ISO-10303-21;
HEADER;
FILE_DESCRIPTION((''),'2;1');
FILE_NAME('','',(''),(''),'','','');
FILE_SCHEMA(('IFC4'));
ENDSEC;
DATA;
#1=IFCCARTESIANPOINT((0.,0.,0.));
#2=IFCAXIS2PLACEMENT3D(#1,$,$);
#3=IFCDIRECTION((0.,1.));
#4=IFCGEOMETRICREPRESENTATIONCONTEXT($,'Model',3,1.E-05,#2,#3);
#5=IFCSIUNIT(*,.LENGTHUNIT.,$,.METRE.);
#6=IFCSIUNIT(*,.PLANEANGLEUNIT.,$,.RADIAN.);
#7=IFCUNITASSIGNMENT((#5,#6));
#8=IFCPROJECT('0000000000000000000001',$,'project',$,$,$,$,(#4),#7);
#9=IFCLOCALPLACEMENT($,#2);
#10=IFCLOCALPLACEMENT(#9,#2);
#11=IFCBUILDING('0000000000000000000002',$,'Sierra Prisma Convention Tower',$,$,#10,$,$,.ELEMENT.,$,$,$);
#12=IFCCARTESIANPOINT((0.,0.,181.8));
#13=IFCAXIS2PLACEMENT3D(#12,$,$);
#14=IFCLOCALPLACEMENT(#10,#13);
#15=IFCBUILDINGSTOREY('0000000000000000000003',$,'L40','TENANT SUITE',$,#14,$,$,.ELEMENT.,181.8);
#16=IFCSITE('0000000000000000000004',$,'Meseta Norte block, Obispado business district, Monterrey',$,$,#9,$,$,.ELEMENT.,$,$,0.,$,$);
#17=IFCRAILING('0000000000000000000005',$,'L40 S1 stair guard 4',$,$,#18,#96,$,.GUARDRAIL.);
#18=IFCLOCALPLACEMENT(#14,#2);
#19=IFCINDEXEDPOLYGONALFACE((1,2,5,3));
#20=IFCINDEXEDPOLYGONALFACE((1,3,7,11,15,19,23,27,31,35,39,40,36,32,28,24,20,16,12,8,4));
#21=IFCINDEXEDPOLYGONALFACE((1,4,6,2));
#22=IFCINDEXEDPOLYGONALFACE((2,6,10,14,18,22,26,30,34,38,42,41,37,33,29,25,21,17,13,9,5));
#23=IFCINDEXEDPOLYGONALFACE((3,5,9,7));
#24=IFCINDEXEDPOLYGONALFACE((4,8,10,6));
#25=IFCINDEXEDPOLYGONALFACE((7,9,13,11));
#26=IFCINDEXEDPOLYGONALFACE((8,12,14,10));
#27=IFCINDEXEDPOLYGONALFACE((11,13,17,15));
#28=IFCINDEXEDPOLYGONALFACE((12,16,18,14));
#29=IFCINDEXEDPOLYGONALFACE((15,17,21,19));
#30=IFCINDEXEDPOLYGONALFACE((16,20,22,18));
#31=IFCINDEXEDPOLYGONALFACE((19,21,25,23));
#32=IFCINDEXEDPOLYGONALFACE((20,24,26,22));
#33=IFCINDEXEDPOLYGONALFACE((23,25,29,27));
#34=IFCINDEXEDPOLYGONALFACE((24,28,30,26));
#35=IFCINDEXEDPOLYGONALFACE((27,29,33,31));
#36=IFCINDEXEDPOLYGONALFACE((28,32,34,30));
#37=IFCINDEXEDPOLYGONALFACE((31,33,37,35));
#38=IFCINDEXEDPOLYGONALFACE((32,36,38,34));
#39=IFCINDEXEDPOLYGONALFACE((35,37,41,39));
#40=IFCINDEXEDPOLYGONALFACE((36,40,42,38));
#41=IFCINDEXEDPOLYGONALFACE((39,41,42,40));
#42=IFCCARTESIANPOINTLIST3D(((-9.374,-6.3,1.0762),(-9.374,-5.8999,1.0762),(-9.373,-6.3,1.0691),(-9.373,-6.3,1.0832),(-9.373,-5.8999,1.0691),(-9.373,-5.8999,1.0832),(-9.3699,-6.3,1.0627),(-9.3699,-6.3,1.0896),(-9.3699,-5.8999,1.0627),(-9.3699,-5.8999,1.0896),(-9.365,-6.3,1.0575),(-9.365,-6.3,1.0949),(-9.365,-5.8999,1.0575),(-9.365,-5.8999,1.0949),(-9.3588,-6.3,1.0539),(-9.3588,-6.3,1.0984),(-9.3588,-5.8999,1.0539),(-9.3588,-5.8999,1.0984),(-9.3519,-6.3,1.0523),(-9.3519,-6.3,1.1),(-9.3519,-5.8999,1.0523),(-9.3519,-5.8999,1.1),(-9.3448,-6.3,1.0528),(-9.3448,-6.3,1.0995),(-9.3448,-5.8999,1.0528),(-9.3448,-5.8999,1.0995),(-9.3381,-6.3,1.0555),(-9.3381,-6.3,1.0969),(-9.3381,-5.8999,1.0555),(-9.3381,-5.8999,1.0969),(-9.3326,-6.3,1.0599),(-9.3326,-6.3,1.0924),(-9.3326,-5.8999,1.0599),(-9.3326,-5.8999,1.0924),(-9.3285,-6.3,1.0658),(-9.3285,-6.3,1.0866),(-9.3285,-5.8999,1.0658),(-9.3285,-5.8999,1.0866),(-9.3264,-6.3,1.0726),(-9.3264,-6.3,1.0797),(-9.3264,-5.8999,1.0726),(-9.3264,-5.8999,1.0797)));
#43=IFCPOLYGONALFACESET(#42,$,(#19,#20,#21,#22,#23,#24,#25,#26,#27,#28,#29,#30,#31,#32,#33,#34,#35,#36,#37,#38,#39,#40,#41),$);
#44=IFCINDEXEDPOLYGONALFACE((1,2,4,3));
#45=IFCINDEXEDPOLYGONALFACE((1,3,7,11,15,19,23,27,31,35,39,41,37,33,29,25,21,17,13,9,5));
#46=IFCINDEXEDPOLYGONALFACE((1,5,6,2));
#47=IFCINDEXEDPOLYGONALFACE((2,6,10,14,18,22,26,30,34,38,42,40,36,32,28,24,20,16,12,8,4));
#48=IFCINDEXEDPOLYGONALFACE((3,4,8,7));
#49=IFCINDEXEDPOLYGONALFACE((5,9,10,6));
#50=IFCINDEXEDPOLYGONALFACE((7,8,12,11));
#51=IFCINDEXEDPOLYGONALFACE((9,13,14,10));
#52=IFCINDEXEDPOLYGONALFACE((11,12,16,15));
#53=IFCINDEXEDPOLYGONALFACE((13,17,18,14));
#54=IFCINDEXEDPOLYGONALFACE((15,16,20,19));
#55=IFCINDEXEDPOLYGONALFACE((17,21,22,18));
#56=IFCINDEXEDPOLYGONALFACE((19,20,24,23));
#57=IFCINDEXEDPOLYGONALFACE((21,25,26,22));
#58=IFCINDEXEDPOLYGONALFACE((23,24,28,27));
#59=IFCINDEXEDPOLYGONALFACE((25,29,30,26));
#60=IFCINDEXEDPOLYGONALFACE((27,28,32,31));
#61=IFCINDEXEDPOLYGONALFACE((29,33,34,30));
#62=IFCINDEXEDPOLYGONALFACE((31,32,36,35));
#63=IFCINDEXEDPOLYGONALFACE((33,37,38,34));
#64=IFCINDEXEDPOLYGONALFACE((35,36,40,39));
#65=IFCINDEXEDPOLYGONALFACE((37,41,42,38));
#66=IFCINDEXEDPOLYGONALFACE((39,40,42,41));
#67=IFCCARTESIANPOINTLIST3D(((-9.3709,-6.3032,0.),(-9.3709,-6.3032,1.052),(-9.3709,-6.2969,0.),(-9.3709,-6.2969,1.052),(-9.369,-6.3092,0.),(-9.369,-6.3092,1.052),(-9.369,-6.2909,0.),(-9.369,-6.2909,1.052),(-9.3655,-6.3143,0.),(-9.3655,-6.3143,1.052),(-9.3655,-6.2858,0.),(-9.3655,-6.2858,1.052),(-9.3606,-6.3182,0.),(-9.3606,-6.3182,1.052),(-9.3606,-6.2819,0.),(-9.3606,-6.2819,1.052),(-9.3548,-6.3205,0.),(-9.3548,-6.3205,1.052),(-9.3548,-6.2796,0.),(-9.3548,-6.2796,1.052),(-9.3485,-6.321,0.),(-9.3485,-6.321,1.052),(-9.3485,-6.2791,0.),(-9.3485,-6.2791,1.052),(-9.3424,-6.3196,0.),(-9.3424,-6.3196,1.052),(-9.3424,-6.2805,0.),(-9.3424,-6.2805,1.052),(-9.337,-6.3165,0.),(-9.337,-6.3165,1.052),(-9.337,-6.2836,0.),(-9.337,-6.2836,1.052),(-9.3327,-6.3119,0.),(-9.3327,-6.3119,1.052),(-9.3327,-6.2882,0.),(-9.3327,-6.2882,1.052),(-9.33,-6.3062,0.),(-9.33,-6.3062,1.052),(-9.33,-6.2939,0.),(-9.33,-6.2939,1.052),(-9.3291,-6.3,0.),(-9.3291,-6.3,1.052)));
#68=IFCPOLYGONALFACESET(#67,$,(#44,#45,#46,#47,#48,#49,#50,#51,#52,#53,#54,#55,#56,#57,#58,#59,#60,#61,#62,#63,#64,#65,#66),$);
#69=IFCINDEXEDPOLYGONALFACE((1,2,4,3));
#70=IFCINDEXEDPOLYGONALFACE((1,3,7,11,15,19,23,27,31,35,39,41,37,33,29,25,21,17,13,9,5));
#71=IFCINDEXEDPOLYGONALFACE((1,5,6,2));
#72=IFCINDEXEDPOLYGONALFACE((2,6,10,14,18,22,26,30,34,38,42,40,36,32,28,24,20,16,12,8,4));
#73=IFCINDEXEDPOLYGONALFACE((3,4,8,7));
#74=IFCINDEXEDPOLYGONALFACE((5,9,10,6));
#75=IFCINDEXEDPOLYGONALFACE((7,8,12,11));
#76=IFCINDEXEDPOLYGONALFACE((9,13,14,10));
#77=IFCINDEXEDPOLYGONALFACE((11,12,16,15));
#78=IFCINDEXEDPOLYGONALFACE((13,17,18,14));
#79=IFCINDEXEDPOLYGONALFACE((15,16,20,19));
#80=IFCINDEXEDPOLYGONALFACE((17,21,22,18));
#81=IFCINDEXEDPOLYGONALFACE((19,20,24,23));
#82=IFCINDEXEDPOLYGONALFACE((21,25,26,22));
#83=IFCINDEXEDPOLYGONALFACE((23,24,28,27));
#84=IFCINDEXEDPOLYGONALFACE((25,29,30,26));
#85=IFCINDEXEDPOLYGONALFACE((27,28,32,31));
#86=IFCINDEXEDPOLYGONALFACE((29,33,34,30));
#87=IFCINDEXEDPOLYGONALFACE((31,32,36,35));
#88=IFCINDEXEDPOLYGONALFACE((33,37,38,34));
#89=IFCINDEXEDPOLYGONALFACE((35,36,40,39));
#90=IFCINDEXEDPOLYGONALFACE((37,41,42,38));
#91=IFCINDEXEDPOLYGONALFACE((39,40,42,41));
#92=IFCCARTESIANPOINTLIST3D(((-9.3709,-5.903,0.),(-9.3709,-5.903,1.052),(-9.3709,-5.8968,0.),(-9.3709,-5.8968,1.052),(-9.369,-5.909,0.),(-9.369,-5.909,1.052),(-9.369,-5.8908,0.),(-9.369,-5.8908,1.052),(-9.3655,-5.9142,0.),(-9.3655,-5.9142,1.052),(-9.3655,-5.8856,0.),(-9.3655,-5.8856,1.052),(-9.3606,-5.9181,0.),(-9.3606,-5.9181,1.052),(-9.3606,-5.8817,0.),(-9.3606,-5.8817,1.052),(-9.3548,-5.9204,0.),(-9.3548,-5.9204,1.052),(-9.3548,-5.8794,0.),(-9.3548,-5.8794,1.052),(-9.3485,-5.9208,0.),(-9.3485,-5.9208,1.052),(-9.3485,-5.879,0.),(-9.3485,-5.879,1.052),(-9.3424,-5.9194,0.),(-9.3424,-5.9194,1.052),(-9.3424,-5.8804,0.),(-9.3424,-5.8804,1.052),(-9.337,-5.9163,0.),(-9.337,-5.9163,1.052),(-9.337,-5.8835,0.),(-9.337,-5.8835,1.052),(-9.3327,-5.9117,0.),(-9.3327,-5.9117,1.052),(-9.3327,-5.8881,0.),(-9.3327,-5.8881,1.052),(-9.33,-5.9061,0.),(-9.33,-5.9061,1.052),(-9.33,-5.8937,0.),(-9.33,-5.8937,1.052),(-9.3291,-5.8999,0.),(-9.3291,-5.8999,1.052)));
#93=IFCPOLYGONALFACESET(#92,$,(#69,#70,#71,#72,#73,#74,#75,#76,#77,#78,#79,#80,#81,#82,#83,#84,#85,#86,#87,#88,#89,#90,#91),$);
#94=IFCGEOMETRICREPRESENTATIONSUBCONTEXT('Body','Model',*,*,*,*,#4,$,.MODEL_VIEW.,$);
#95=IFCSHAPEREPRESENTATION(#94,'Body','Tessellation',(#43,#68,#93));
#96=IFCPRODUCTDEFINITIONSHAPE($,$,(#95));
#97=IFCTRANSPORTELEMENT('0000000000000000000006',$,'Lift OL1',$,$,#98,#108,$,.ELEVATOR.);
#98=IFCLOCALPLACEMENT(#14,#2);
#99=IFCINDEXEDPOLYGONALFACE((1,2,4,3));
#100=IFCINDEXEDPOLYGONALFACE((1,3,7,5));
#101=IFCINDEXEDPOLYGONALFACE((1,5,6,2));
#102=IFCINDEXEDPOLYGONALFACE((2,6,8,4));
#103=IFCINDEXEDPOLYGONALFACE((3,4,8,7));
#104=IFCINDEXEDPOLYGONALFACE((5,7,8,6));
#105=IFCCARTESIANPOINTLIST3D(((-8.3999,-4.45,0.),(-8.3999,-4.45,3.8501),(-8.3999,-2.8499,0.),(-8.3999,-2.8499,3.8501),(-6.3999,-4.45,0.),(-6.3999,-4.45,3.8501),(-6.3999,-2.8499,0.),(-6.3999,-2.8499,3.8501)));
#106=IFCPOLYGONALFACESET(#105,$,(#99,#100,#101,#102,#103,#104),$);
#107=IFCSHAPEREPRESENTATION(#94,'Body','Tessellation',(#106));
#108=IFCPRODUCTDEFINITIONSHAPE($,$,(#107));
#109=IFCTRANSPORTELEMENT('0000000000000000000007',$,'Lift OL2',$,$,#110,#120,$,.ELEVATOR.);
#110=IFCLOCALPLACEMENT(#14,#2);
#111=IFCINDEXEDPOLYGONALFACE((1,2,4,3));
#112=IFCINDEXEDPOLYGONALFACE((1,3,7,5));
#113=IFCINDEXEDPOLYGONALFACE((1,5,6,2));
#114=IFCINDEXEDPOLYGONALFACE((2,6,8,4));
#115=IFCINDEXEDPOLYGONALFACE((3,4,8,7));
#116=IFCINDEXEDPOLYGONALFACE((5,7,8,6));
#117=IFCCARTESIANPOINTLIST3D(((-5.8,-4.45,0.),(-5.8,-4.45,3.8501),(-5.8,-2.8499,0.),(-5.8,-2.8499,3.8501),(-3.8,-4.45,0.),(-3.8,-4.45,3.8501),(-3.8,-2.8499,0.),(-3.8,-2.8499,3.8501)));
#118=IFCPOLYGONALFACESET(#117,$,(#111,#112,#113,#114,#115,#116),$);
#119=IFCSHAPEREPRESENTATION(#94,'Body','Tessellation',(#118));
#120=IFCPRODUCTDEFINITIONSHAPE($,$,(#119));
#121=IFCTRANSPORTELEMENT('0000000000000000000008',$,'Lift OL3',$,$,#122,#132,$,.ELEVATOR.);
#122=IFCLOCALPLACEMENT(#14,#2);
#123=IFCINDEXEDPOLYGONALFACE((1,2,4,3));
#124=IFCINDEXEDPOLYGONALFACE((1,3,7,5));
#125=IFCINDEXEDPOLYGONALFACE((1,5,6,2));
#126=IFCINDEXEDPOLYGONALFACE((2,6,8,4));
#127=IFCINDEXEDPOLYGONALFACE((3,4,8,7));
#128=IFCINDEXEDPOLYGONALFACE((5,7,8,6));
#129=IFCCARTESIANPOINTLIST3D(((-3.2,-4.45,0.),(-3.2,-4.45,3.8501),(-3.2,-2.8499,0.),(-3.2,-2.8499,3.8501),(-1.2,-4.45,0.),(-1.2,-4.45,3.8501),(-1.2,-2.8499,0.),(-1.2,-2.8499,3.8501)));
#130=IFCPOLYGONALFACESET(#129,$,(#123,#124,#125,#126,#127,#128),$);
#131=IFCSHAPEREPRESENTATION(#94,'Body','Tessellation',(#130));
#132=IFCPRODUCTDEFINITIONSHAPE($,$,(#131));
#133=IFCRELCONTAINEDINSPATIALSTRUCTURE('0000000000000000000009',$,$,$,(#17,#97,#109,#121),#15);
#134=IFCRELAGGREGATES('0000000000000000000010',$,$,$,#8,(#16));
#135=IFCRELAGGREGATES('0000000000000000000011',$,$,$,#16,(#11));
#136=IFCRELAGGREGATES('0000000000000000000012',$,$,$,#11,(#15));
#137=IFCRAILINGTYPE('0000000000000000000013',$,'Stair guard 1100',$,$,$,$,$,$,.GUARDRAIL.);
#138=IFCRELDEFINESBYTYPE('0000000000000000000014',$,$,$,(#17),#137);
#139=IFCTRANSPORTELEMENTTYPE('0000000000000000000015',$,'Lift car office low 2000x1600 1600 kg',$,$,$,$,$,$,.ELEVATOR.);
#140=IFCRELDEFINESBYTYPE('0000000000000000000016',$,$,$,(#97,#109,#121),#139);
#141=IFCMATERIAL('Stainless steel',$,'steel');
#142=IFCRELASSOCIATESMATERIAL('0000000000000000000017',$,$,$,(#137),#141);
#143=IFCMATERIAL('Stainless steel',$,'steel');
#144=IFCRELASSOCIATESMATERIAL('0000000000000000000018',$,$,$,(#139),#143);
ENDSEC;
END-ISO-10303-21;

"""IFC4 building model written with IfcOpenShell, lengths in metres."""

from ifc_helpers import new_model, si_unit, direction, frame, origin, origin_2d, place, context, subcontext, project, spatial, rectangle, circle, extrude, material, type_object, element, save


model = new_model("IFC4")

# Units and contexts
model_context = context("Model", 3, precision=1e-05, world=origin(), true_north=direction((0.0, 1.0)))
body_context = subcontext(model_context, "Body", "Model", "MODEL_VIEW")
ifc_project = project(units=[si_unit("LENGTHUNIT", "METRE"), si_unit("PLANEANGLEUNIT", "RADIAN")], contexts=[model_context])

# Site, building, storey
site_placement = place(None, origin())
site = spatial("IfcSite", under=ifc_project, at=site_placement, Name="Meseta Norte block, Obispado business district, Monterrey", CompositionType="ELEMENT", RefElevation=0.0)
building_placement = place(site_placement, origin())
building = spatial("IfcBuilding", under=site, at=building_placement, Name="Sierra Prisma Convention Tower", CompositionType="ELEMENT")
storey_placement = place(building_placement, frame((0.0, 0.0, 181.8)))
storey = spatial("IfcBuildingStorey", under=building, at=storey_placement, Name="L40", Description="TENANT SUITE", CompositionType="ELEMENT", Elevation=181.8)

# Railing
ifc_material_1 = material(Name="Stainless steel", Category="steel")
railing_type_1 = type_object("IfcRailingType", Name="Stair guard 1100", PredefinedType="GUARDRAIL", material=ifc_material_1)
railing_1_placement = place(storey_placement, frame((-9.3501, -6.3, 0.0)))
element("IfcRailing", 1, at=railing_1_placement, inside=storey, type_object=railing_type_1, Name="L40 S1 stair guard 4", PredefinedType="GUARDRAIL", context=body_context, shape_type="SweptSolid", body=[
    extrude(circle(Radius=0.0239, at=origin_2d()), frame((0.0, 0.0, 1.0762), z_axis=(0.0, 1.0, 0.0), x_axis=(-1.0, 0.0, 0.0)), (0.0, 0.0, 1.0), 0.4001),
    extrude(circle(Radius=0.021, at=origin_2d()), origin(), (0.0, 0.0, 1.0), 1.052),
    extrude(circle(Radius=0.021, at=origin_2d()), frame((0.0, 0.4001, 0.0)), (0.0, 0.0, 1.0), 1.052),
])

# Transport elements
ifc_material_2 = material(Name="Stainless steel", Category="steel")
transport_element_type = type_object("IfcTransportElementType", Name="Lift car office low 2000x1600 1600 kg", PredefinedType="ELEVATOR", material=ifc_material_2)
for number, where, z_axis, x_axis, name in (
    (2, (-7.3999, -3.6499, 0.0), (0.0, 0.0, 1.0), (1.0, 0.0, 0.0), "Lift OL1"),
    (3, (-4.8, -3.6499, 0.0), (0.0, 0.0, 1.0), (1.0, 0.0, 0.0), "Lift OL2"),
    (4, (-2.2, -3.6499, 0.0), (0.0, 0.0, 1.0), (1.0, 0.0, 0.0), "Lift OL3"),
):
    element("IfcTransportElement", number, at=place(storey_placement, frame(where, z_axis=z_axis, x_axis=x_axis)), inside=storey, type_object=transport_element_type, Name=name, PredefinedType="ELEVATOR", context=body_context, shape_type="SweptSolid", body=[
        extrude(rectangle(XDim=2.0, YDim=1.6001, at=origin_2d()), origin(), (0.0, 0.0, 1.0), 3.8501),
    ])

save(model, "model.ifc")
